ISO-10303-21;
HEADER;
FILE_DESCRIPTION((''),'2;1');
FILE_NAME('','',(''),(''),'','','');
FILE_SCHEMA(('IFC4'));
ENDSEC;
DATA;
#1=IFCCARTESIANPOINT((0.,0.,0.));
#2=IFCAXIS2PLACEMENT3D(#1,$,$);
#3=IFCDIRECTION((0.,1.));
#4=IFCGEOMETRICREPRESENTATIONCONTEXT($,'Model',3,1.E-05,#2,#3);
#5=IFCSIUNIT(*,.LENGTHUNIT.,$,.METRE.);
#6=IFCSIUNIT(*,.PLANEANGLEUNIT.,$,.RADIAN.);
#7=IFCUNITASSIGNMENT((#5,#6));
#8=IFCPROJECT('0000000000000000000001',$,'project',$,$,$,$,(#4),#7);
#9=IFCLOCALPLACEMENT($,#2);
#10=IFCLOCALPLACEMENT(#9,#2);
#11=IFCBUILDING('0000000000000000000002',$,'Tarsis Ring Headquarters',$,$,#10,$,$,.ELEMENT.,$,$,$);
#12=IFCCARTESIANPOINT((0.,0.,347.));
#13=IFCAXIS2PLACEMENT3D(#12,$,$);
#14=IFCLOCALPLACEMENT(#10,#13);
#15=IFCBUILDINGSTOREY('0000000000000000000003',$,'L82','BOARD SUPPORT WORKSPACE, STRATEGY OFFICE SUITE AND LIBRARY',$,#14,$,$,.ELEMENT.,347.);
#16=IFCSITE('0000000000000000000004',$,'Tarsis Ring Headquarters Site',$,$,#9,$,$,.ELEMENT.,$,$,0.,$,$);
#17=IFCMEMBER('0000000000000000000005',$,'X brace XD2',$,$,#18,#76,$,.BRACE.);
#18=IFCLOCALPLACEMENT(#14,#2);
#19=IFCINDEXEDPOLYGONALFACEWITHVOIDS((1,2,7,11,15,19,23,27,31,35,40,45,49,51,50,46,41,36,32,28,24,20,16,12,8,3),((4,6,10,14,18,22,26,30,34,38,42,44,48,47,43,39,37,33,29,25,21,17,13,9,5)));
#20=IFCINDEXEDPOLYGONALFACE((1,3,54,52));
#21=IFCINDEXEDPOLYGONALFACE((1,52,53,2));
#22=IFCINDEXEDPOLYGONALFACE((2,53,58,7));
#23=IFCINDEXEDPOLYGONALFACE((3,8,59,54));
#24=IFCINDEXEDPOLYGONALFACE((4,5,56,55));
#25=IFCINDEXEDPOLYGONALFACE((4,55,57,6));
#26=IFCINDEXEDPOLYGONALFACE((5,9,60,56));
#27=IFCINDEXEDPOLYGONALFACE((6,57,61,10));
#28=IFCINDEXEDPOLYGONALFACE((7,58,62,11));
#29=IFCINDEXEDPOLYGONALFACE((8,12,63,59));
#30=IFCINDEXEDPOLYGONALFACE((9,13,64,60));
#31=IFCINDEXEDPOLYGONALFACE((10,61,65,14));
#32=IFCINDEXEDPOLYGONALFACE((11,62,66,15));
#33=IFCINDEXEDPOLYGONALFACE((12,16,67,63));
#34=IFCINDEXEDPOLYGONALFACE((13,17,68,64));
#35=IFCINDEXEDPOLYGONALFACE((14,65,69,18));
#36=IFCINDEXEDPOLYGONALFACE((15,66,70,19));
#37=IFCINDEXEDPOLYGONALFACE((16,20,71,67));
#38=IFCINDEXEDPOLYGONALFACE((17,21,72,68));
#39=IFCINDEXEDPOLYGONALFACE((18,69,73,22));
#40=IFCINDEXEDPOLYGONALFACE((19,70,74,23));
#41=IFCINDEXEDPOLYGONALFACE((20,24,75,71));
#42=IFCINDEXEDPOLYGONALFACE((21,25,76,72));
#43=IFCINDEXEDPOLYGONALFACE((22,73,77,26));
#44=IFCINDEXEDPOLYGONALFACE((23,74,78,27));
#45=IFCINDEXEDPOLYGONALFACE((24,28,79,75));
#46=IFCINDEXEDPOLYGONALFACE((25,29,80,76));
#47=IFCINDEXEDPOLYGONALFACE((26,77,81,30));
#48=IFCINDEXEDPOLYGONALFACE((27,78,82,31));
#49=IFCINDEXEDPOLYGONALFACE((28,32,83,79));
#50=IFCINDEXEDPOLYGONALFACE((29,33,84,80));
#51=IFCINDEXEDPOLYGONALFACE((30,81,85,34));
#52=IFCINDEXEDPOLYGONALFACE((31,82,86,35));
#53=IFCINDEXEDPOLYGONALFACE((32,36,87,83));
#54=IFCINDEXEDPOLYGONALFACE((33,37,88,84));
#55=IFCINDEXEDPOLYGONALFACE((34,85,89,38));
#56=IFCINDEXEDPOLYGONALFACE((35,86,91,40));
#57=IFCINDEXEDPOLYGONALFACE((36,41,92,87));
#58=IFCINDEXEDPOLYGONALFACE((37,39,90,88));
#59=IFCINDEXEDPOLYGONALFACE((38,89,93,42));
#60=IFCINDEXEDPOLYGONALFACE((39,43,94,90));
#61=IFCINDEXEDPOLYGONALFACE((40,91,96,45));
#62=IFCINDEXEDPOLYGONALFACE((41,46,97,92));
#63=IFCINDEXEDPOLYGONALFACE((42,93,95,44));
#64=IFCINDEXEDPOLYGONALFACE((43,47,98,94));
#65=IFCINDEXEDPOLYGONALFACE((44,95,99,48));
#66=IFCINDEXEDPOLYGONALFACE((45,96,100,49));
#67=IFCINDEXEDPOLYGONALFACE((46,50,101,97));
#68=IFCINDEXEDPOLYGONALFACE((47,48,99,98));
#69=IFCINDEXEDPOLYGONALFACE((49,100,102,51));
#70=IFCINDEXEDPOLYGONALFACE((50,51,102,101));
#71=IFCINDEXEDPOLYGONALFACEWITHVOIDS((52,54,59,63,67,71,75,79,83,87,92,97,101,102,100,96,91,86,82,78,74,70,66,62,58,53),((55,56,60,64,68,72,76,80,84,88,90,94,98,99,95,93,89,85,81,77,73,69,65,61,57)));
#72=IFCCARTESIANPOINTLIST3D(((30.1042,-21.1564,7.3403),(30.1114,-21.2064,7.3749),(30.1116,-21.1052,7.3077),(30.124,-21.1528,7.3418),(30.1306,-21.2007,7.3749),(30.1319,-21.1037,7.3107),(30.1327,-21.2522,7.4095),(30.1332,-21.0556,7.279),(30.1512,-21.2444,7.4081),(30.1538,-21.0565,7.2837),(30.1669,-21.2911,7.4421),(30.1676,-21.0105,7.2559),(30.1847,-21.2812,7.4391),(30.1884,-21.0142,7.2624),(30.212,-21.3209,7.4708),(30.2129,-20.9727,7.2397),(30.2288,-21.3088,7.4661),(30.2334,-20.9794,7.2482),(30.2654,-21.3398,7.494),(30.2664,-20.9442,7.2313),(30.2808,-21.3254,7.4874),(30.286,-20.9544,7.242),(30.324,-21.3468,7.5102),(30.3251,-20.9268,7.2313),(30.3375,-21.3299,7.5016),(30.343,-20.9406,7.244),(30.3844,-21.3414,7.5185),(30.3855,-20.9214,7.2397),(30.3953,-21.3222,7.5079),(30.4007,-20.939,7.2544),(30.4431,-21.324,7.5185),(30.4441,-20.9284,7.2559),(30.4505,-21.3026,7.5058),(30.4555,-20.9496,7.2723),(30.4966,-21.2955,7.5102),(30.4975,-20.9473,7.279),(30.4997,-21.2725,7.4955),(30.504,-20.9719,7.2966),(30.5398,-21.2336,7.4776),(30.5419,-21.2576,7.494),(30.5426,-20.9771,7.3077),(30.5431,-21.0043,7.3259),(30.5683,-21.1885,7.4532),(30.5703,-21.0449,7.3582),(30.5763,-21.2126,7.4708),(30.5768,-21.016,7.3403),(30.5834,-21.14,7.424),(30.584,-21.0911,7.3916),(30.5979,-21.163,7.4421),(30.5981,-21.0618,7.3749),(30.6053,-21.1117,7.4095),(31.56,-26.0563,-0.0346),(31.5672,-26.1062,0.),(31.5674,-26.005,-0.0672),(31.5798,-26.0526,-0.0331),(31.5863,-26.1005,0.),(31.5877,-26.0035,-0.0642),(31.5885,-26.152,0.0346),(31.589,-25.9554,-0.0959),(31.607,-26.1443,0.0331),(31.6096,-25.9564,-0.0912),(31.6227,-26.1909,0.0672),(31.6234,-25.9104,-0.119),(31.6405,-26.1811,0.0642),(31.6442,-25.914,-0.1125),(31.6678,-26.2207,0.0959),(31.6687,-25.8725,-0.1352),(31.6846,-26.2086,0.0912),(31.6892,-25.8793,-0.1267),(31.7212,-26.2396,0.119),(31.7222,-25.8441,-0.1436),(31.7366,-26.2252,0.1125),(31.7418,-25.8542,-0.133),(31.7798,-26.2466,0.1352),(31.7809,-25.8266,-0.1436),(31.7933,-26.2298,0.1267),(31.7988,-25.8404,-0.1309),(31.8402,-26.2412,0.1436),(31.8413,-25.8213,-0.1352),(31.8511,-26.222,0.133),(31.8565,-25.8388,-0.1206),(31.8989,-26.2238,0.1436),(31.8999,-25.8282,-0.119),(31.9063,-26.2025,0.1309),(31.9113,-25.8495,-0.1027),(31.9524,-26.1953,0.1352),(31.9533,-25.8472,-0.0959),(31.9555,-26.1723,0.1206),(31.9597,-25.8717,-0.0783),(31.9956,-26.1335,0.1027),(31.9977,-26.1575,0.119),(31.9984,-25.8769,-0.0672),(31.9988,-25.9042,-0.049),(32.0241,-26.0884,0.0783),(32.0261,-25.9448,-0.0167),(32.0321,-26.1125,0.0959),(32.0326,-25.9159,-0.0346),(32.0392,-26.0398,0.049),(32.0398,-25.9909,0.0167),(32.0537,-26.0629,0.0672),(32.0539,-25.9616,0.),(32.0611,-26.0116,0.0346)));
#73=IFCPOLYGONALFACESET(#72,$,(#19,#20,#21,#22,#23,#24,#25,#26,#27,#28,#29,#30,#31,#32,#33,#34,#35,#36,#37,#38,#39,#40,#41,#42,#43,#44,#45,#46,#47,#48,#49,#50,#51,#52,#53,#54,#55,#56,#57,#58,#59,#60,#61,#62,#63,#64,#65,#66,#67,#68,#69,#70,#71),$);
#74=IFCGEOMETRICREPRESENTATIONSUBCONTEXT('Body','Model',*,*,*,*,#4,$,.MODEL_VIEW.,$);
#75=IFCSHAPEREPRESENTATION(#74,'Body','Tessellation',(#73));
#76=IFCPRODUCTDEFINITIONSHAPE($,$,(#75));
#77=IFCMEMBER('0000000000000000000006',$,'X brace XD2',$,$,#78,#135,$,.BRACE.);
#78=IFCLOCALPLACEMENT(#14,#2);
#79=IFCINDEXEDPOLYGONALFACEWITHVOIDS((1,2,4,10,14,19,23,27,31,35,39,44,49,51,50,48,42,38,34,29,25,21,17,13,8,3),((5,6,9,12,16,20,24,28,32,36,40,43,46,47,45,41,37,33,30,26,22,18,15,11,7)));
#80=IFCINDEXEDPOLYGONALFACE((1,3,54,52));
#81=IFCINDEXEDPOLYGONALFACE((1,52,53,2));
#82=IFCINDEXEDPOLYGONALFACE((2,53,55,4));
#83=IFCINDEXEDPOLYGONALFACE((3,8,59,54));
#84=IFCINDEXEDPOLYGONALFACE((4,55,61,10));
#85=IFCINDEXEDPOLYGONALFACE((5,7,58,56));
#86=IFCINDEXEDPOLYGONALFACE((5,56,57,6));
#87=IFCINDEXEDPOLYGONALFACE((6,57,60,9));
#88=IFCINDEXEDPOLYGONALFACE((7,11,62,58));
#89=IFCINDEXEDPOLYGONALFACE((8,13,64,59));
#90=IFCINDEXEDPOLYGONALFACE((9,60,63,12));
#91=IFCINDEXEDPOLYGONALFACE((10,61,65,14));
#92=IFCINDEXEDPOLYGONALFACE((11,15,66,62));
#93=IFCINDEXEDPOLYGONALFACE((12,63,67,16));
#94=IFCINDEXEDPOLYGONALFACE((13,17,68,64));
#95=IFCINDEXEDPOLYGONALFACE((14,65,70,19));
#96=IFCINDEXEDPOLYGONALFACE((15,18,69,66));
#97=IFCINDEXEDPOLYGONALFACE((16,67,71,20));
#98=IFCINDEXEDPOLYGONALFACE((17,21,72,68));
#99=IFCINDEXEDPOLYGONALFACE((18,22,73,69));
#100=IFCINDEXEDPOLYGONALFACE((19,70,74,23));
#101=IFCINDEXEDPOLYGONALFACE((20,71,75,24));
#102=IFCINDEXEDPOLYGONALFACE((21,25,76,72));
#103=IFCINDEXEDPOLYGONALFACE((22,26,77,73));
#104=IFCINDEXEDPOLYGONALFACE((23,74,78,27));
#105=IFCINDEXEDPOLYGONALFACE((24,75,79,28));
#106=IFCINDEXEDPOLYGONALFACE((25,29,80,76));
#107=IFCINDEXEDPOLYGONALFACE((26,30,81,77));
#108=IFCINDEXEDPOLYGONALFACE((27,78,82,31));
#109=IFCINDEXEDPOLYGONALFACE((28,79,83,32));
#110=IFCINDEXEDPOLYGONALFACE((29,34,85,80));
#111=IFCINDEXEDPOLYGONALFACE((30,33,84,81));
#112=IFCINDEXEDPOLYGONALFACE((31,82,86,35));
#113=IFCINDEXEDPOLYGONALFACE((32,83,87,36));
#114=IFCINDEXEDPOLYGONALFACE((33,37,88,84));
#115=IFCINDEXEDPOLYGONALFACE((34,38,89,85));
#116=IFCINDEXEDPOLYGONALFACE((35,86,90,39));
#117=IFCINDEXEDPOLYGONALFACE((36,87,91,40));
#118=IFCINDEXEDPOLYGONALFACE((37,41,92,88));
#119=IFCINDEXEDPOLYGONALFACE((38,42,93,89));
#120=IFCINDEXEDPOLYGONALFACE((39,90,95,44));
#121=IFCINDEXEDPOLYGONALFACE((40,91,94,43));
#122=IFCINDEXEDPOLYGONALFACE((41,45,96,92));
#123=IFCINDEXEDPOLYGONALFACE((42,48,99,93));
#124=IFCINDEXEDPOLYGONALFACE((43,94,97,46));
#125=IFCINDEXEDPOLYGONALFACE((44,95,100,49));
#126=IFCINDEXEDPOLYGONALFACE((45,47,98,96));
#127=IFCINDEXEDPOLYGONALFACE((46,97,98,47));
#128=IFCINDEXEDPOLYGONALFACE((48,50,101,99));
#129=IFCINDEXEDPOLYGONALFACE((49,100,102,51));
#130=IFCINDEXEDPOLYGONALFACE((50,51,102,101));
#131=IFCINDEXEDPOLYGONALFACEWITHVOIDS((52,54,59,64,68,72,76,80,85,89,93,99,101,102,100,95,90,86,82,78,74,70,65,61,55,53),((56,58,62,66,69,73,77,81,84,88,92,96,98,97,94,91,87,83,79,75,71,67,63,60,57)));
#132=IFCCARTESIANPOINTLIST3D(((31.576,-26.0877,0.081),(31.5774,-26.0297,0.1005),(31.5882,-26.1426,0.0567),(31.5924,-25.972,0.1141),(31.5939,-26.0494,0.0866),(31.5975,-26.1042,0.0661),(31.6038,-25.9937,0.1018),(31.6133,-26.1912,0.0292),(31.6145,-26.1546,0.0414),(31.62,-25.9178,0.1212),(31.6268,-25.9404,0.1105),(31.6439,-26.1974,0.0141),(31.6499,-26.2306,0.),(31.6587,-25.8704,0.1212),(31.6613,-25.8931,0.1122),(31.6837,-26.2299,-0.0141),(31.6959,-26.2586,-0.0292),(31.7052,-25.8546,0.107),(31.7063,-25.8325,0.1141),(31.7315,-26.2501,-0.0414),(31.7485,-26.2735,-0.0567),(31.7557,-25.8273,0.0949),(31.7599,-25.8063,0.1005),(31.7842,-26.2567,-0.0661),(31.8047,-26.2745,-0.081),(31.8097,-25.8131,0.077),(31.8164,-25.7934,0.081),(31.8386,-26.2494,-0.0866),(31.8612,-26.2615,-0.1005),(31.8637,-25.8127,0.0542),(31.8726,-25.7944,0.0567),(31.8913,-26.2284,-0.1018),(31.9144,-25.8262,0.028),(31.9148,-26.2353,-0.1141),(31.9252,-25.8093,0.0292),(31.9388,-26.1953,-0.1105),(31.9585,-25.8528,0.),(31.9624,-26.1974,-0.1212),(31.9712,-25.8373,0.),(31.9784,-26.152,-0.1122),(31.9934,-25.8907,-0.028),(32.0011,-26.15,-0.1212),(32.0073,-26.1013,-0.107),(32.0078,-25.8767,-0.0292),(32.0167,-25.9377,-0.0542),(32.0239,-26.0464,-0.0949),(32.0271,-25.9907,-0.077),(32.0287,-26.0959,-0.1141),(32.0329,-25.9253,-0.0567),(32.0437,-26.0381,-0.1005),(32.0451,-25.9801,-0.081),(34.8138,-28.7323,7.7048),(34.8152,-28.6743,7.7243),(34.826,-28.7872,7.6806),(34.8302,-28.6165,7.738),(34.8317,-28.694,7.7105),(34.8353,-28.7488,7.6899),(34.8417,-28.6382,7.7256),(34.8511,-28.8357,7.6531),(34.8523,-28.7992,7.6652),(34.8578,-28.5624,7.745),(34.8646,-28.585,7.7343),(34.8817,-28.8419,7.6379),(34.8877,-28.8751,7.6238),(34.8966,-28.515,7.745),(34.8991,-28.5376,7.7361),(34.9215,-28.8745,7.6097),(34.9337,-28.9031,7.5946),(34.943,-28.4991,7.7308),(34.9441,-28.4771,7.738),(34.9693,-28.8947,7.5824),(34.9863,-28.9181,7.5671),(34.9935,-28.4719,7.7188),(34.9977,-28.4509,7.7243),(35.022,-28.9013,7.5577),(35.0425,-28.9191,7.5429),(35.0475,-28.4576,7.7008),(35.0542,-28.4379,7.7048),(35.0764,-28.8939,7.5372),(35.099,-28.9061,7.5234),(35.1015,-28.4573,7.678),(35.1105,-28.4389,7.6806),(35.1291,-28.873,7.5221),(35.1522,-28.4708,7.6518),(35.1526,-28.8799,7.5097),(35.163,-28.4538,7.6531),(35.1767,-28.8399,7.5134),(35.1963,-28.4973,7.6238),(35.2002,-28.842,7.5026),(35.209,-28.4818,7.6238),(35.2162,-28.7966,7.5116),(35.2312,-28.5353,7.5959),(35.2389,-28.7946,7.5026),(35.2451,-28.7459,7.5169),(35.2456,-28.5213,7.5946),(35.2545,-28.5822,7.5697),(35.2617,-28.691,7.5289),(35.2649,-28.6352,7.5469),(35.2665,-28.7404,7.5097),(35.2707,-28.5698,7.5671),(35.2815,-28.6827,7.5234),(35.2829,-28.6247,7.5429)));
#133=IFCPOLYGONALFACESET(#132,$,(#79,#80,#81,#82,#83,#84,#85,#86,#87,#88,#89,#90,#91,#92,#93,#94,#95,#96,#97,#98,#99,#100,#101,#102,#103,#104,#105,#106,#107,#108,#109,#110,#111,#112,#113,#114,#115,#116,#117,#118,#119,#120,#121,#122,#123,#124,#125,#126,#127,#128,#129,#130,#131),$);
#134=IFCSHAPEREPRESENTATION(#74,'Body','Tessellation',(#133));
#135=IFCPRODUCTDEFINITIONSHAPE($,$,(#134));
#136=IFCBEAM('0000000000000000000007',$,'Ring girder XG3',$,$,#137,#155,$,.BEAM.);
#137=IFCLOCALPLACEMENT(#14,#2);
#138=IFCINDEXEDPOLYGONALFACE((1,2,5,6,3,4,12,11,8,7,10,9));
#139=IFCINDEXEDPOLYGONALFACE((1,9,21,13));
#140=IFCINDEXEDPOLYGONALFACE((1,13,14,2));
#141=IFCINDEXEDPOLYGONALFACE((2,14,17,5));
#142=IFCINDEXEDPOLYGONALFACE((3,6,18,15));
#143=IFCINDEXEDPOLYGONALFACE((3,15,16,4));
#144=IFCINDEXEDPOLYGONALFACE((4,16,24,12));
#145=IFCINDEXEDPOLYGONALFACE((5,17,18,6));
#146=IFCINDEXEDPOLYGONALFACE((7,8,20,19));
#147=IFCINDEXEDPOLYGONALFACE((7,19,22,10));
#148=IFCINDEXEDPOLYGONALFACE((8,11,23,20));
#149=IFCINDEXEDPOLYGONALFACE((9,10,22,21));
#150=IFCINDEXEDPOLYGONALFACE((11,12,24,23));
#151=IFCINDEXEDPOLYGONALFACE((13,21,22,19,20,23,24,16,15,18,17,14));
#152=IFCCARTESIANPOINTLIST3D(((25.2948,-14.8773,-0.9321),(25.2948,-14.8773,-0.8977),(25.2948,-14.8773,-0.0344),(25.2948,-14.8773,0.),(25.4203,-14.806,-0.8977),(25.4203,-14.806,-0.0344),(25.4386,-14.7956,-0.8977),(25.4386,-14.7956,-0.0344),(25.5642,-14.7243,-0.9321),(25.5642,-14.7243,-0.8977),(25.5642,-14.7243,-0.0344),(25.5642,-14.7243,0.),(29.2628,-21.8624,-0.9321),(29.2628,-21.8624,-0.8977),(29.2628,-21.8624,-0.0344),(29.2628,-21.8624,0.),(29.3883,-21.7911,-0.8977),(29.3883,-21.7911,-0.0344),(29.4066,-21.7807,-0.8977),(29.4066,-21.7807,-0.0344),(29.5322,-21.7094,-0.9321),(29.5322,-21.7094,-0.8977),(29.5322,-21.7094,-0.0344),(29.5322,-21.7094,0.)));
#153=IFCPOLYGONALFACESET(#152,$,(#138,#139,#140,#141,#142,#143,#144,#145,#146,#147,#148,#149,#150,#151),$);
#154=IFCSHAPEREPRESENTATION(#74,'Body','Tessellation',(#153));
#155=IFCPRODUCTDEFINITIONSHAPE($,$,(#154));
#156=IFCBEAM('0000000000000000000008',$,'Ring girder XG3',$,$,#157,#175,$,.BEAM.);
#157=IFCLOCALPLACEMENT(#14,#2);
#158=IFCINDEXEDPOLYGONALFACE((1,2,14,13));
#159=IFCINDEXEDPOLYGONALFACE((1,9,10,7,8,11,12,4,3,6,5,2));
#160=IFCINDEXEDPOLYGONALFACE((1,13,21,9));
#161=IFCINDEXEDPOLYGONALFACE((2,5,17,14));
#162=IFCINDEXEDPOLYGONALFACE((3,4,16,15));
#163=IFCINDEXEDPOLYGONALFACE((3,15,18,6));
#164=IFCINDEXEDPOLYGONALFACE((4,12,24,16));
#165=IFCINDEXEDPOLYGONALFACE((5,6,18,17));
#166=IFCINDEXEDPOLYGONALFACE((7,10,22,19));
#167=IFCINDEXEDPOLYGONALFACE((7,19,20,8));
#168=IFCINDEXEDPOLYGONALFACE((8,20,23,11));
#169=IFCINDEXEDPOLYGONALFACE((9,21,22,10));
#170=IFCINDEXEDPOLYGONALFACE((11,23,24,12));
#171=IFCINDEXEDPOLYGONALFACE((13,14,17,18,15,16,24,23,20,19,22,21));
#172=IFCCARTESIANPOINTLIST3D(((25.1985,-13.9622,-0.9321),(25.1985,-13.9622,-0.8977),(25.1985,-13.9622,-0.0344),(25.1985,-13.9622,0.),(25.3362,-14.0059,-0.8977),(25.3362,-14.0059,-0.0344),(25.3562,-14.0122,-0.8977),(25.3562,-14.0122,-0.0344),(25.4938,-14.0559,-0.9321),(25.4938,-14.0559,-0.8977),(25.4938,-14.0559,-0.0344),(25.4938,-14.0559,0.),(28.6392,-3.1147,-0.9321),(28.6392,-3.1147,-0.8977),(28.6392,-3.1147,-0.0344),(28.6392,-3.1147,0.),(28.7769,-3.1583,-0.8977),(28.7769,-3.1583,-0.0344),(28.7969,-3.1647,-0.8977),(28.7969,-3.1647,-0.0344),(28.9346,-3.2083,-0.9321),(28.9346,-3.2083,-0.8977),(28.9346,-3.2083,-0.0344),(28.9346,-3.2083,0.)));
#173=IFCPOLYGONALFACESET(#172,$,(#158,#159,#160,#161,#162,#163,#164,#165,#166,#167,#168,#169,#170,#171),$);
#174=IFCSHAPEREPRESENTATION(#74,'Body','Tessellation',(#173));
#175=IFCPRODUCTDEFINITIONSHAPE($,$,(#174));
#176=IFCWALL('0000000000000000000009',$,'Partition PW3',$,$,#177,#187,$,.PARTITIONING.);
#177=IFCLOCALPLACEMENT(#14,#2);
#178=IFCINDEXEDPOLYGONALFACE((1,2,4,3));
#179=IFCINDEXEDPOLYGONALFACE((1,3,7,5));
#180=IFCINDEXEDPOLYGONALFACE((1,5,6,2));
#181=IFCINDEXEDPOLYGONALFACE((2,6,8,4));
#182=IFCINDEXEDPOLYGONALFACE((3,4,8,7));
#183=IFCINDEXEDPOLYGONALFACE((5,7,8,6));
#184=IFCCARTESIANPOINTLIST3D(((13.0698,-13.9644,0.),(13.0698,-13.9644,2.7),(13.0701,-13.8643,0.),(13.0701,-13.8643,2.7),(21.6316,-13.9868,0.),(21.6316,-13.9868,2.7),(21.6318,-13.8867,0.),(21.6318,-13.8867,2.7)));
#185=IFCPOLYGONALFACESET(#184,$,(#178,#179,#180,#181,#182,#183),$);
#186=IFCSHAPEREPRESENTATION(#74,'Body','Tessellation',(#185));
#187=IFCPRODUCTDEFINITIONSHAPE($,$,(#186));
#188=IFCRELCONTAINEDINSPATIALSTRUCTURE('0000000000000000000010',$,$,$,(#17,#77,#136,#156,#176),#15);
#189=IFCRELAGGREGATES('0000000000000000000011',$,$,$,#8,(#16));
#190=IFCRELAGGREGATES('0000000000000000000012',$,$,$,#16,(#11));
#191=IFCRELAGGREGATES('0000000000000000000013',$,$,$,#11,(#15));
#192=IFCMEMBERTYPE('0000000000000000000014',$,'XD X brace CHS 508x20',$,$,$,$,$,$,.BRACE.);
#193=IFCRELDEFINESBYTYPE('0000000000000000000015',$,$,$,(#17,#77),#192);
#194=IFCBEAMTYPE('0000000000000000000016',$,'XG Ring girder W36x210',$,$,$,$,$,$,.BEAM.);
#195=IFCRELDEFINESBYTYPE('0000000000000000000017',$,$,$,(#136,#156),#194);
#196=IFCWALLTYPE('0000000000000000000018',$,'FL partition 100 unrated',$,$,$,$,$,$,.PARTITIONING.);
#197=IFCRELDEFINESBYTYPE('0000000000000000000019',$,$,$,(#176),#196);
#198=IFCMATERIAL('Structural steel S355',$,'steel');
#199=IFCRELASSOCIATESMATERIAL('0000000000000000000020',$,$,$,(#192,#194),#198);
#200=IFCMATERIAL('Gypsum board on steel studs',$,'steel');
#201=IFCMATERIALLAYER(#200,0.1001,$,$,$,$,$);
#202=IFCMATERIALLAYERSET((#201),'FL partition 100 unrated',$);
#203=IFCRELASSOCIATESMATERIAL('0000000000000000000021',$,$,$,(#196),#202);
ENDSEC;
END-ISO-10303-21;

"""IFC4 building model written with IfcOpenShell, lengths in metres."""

from ifc_helpers import new_model, si_unit, direction, frame, frame_2d, origin, origin_2d, place, context, subcontext, project, spatial, rectangle, hollow_circle, i_section, extrude, material, layer, layer_set, material_profile, profile_set, type_object, element, save


model = new_model("IFC4")

# Units and contexts
model_context = context("Model", 3, precision=1e-05, world=origin(), true_north=direction((0.0, 1.0)))
body_context = subcontext(model_context, "Body", "Model", "MODEL_VIEW")
ifc_project = project(units=[si_unit("LENGTHUNIT", "METRE"), si_unit("PLANEANGLEUNIT", "RADIAN")], contexts=[model_context])

# Site, building, storey
site_placement = place(None, origin())
site = spatial("IfcSite", under=ifc_project, at=site_placement, Name="Tarsis Ring Headquarters Site", CompositionType="ELEMENT", RefElevation=0.0)
building_placement = place(site_placement, origin())
building = spatial("IfcBuilding", under=site, at=building_placement, Name="Tarsis Ring Headquarters", CompositionType="ELEMENT")
storey_placement = place(building_placement, frame((0.0, 0.0, 347.0)))
storey = spatial("IfcBuildingStorey", under=building, at=storey_placement, Name="L82", Description="BOARD SUPPORT WORKSPACE, STRATEGY OFFICE SUITE AND LIBRARY", CompositionType="ELEMENT", Elevation=347.0)

# Shared definitions
ifc_material_1 = material(Name="Structural steel S355", Category="steel")

# Members
ifc_material_profile_1 = material_profile(ifc_material_1, hollow_circle(Radius=0.2539, WallThickness=0.02, at=origin_2d()), Name="CHS 508x20")
ifc_profile_set_1 = profile_set([ifc_material_profile_1], Name="Structural steel S355")
member_type = type_object("IfcMemberType", Name="XD X brace CHS 508x20", PredefinedType="BRACE", material=ifc_profile_set_1)
member_1_placement = place(storey_placement, frame((31.8105, -26.0339, 0.0), z_axis=(-0.162239, 0.546057, 0.821888), x_axis=(-0.958585, -0.284805, 0.0)))
element("IfcMember", 1, at=member_1_placement, inside=storey, type_object=member_type, Name="X brace XD2", PredefinedType="BRACE", context=body_context, shape_type="SweptSolid", body=[
    extrude(hollow_circle(Radius=0.2539, WallThickness=0.02, at=origin_2d()), origin(), (0.0, 0.0, 1.0), 8.9731),
])
member_2_placement = place(storey_placement, frame((31.8105, -26.0339, 0.0), z_axis=(0.372384, -0.304152, 0.876825), x_axis=(0.632582, 0.774493, 0.0)))
element("IfcMember", 2, at=member_2_placement, inside=storey, type_object=member_type, Name="X brace XD2", PredefinedType="BRACE", context=body_context, shape_type="SweptSolid", body=[
    extrude(hollow_circle(Radius=0.2539, WallThickness=0.02, at=origin_2d()), origin(), (0.0, 0.0, 1.0), 8.6948),
])

# Beams
ifc_material_profile_2 = material_profile(ifc_material_1, i_section(OverallWidth=0.3098, OverallDepth=0.9321, WebThickness=0.021, FlangeThickness=0.0344, at=origin_2d()), Name="W36x210")
ifc_profile_set_2 = profile_set([ifc_material_profile_2], Name="Structural steel S355")
beam_type = type_object("IfcBeamType", Name="XG Ring girder W36x210", PredefinedType="BEAM", material=ifc_profile_set_2)
beam_1_placement = place(storey_placement, frame((29.3975, -21.7859, -0.4661), z_axis=(-0.493935, 0.869499, 0.0), x_axis=(-0.869499, -0.493935, 0.0)))
element("IfcBeam", 3, at=beam_1_placement, inside=storey, type_object=beam_type, Name="Ring girder XG3", PredefinedType="BEAM", context=body_context, shape_type="SweptSolid", body=[
    extrude(i_section(OverallWidth=0.3098, OverallDepth=0.9321, WebThickness=0.021, FlangeThickness=0.0344, at=origin_2d()), origin(), (0.0, 0.0, 1.0), 8.0334),
])
beam_2_placement = place(storey_placement, frame((25.3462, -14.009, -0.4661), z_axis=(0.302344, 0.953199, 0.0), x_axis=(-0.953199, 0.302344, 0.0)))
element("IfcBeam", 4, at=beam_2_placement, inside=storey, type_object=beam_type, Name="Ring girder XG3", PredefinedType="BEAM", context=body_context, shape_type="SweptSolid", body=[
    extrude(i_section(OverallWidth=0.3098, OverallDepth=0.9321, WebThickness=0.021, FlangeThickness=0.0344, at=origin_2d()), origin(), (0.0, 0.0, 1.0), 11.3801),
])

# Wall
ifc_material_2 = material(Name="Gypsum board on steel studs", Category="steel")
ifc_layer_1 = layer(ifc_material_2, 0.1001)
ifc_layer_set_1 = layer_set([ifc_layer_1], Name="FL partition 100 unrated")
wall_type_1 = type_object("IfcWallType", Name="FL partition 100 unrated", PredefinedType="PARTITIONING", material=ifc_layer_set_1)
wall_1_placement = place(storey_placement, frame((13.0701, -13.9143, 0.0), z_axis=(0.0, 0.0, 1.0), x_axis=(0.999997, -0.002623, 0.0)))
element("IfcWall", 5, at=wall_1_placement, inside=storey, type_object=wall_type_1, Name="Partition PW3", PredefinedType="PARTITIONING", context=body_context, shape_type="SweptSolid", body=[
    extrude(rectangle(XDim=8.5618, YDim=0.1001, at=frame_2d((4.2808, 0.0))), origin(), (0.0, 0.0, 1.0), 2.7),
])

save(model, "model.ifc")
